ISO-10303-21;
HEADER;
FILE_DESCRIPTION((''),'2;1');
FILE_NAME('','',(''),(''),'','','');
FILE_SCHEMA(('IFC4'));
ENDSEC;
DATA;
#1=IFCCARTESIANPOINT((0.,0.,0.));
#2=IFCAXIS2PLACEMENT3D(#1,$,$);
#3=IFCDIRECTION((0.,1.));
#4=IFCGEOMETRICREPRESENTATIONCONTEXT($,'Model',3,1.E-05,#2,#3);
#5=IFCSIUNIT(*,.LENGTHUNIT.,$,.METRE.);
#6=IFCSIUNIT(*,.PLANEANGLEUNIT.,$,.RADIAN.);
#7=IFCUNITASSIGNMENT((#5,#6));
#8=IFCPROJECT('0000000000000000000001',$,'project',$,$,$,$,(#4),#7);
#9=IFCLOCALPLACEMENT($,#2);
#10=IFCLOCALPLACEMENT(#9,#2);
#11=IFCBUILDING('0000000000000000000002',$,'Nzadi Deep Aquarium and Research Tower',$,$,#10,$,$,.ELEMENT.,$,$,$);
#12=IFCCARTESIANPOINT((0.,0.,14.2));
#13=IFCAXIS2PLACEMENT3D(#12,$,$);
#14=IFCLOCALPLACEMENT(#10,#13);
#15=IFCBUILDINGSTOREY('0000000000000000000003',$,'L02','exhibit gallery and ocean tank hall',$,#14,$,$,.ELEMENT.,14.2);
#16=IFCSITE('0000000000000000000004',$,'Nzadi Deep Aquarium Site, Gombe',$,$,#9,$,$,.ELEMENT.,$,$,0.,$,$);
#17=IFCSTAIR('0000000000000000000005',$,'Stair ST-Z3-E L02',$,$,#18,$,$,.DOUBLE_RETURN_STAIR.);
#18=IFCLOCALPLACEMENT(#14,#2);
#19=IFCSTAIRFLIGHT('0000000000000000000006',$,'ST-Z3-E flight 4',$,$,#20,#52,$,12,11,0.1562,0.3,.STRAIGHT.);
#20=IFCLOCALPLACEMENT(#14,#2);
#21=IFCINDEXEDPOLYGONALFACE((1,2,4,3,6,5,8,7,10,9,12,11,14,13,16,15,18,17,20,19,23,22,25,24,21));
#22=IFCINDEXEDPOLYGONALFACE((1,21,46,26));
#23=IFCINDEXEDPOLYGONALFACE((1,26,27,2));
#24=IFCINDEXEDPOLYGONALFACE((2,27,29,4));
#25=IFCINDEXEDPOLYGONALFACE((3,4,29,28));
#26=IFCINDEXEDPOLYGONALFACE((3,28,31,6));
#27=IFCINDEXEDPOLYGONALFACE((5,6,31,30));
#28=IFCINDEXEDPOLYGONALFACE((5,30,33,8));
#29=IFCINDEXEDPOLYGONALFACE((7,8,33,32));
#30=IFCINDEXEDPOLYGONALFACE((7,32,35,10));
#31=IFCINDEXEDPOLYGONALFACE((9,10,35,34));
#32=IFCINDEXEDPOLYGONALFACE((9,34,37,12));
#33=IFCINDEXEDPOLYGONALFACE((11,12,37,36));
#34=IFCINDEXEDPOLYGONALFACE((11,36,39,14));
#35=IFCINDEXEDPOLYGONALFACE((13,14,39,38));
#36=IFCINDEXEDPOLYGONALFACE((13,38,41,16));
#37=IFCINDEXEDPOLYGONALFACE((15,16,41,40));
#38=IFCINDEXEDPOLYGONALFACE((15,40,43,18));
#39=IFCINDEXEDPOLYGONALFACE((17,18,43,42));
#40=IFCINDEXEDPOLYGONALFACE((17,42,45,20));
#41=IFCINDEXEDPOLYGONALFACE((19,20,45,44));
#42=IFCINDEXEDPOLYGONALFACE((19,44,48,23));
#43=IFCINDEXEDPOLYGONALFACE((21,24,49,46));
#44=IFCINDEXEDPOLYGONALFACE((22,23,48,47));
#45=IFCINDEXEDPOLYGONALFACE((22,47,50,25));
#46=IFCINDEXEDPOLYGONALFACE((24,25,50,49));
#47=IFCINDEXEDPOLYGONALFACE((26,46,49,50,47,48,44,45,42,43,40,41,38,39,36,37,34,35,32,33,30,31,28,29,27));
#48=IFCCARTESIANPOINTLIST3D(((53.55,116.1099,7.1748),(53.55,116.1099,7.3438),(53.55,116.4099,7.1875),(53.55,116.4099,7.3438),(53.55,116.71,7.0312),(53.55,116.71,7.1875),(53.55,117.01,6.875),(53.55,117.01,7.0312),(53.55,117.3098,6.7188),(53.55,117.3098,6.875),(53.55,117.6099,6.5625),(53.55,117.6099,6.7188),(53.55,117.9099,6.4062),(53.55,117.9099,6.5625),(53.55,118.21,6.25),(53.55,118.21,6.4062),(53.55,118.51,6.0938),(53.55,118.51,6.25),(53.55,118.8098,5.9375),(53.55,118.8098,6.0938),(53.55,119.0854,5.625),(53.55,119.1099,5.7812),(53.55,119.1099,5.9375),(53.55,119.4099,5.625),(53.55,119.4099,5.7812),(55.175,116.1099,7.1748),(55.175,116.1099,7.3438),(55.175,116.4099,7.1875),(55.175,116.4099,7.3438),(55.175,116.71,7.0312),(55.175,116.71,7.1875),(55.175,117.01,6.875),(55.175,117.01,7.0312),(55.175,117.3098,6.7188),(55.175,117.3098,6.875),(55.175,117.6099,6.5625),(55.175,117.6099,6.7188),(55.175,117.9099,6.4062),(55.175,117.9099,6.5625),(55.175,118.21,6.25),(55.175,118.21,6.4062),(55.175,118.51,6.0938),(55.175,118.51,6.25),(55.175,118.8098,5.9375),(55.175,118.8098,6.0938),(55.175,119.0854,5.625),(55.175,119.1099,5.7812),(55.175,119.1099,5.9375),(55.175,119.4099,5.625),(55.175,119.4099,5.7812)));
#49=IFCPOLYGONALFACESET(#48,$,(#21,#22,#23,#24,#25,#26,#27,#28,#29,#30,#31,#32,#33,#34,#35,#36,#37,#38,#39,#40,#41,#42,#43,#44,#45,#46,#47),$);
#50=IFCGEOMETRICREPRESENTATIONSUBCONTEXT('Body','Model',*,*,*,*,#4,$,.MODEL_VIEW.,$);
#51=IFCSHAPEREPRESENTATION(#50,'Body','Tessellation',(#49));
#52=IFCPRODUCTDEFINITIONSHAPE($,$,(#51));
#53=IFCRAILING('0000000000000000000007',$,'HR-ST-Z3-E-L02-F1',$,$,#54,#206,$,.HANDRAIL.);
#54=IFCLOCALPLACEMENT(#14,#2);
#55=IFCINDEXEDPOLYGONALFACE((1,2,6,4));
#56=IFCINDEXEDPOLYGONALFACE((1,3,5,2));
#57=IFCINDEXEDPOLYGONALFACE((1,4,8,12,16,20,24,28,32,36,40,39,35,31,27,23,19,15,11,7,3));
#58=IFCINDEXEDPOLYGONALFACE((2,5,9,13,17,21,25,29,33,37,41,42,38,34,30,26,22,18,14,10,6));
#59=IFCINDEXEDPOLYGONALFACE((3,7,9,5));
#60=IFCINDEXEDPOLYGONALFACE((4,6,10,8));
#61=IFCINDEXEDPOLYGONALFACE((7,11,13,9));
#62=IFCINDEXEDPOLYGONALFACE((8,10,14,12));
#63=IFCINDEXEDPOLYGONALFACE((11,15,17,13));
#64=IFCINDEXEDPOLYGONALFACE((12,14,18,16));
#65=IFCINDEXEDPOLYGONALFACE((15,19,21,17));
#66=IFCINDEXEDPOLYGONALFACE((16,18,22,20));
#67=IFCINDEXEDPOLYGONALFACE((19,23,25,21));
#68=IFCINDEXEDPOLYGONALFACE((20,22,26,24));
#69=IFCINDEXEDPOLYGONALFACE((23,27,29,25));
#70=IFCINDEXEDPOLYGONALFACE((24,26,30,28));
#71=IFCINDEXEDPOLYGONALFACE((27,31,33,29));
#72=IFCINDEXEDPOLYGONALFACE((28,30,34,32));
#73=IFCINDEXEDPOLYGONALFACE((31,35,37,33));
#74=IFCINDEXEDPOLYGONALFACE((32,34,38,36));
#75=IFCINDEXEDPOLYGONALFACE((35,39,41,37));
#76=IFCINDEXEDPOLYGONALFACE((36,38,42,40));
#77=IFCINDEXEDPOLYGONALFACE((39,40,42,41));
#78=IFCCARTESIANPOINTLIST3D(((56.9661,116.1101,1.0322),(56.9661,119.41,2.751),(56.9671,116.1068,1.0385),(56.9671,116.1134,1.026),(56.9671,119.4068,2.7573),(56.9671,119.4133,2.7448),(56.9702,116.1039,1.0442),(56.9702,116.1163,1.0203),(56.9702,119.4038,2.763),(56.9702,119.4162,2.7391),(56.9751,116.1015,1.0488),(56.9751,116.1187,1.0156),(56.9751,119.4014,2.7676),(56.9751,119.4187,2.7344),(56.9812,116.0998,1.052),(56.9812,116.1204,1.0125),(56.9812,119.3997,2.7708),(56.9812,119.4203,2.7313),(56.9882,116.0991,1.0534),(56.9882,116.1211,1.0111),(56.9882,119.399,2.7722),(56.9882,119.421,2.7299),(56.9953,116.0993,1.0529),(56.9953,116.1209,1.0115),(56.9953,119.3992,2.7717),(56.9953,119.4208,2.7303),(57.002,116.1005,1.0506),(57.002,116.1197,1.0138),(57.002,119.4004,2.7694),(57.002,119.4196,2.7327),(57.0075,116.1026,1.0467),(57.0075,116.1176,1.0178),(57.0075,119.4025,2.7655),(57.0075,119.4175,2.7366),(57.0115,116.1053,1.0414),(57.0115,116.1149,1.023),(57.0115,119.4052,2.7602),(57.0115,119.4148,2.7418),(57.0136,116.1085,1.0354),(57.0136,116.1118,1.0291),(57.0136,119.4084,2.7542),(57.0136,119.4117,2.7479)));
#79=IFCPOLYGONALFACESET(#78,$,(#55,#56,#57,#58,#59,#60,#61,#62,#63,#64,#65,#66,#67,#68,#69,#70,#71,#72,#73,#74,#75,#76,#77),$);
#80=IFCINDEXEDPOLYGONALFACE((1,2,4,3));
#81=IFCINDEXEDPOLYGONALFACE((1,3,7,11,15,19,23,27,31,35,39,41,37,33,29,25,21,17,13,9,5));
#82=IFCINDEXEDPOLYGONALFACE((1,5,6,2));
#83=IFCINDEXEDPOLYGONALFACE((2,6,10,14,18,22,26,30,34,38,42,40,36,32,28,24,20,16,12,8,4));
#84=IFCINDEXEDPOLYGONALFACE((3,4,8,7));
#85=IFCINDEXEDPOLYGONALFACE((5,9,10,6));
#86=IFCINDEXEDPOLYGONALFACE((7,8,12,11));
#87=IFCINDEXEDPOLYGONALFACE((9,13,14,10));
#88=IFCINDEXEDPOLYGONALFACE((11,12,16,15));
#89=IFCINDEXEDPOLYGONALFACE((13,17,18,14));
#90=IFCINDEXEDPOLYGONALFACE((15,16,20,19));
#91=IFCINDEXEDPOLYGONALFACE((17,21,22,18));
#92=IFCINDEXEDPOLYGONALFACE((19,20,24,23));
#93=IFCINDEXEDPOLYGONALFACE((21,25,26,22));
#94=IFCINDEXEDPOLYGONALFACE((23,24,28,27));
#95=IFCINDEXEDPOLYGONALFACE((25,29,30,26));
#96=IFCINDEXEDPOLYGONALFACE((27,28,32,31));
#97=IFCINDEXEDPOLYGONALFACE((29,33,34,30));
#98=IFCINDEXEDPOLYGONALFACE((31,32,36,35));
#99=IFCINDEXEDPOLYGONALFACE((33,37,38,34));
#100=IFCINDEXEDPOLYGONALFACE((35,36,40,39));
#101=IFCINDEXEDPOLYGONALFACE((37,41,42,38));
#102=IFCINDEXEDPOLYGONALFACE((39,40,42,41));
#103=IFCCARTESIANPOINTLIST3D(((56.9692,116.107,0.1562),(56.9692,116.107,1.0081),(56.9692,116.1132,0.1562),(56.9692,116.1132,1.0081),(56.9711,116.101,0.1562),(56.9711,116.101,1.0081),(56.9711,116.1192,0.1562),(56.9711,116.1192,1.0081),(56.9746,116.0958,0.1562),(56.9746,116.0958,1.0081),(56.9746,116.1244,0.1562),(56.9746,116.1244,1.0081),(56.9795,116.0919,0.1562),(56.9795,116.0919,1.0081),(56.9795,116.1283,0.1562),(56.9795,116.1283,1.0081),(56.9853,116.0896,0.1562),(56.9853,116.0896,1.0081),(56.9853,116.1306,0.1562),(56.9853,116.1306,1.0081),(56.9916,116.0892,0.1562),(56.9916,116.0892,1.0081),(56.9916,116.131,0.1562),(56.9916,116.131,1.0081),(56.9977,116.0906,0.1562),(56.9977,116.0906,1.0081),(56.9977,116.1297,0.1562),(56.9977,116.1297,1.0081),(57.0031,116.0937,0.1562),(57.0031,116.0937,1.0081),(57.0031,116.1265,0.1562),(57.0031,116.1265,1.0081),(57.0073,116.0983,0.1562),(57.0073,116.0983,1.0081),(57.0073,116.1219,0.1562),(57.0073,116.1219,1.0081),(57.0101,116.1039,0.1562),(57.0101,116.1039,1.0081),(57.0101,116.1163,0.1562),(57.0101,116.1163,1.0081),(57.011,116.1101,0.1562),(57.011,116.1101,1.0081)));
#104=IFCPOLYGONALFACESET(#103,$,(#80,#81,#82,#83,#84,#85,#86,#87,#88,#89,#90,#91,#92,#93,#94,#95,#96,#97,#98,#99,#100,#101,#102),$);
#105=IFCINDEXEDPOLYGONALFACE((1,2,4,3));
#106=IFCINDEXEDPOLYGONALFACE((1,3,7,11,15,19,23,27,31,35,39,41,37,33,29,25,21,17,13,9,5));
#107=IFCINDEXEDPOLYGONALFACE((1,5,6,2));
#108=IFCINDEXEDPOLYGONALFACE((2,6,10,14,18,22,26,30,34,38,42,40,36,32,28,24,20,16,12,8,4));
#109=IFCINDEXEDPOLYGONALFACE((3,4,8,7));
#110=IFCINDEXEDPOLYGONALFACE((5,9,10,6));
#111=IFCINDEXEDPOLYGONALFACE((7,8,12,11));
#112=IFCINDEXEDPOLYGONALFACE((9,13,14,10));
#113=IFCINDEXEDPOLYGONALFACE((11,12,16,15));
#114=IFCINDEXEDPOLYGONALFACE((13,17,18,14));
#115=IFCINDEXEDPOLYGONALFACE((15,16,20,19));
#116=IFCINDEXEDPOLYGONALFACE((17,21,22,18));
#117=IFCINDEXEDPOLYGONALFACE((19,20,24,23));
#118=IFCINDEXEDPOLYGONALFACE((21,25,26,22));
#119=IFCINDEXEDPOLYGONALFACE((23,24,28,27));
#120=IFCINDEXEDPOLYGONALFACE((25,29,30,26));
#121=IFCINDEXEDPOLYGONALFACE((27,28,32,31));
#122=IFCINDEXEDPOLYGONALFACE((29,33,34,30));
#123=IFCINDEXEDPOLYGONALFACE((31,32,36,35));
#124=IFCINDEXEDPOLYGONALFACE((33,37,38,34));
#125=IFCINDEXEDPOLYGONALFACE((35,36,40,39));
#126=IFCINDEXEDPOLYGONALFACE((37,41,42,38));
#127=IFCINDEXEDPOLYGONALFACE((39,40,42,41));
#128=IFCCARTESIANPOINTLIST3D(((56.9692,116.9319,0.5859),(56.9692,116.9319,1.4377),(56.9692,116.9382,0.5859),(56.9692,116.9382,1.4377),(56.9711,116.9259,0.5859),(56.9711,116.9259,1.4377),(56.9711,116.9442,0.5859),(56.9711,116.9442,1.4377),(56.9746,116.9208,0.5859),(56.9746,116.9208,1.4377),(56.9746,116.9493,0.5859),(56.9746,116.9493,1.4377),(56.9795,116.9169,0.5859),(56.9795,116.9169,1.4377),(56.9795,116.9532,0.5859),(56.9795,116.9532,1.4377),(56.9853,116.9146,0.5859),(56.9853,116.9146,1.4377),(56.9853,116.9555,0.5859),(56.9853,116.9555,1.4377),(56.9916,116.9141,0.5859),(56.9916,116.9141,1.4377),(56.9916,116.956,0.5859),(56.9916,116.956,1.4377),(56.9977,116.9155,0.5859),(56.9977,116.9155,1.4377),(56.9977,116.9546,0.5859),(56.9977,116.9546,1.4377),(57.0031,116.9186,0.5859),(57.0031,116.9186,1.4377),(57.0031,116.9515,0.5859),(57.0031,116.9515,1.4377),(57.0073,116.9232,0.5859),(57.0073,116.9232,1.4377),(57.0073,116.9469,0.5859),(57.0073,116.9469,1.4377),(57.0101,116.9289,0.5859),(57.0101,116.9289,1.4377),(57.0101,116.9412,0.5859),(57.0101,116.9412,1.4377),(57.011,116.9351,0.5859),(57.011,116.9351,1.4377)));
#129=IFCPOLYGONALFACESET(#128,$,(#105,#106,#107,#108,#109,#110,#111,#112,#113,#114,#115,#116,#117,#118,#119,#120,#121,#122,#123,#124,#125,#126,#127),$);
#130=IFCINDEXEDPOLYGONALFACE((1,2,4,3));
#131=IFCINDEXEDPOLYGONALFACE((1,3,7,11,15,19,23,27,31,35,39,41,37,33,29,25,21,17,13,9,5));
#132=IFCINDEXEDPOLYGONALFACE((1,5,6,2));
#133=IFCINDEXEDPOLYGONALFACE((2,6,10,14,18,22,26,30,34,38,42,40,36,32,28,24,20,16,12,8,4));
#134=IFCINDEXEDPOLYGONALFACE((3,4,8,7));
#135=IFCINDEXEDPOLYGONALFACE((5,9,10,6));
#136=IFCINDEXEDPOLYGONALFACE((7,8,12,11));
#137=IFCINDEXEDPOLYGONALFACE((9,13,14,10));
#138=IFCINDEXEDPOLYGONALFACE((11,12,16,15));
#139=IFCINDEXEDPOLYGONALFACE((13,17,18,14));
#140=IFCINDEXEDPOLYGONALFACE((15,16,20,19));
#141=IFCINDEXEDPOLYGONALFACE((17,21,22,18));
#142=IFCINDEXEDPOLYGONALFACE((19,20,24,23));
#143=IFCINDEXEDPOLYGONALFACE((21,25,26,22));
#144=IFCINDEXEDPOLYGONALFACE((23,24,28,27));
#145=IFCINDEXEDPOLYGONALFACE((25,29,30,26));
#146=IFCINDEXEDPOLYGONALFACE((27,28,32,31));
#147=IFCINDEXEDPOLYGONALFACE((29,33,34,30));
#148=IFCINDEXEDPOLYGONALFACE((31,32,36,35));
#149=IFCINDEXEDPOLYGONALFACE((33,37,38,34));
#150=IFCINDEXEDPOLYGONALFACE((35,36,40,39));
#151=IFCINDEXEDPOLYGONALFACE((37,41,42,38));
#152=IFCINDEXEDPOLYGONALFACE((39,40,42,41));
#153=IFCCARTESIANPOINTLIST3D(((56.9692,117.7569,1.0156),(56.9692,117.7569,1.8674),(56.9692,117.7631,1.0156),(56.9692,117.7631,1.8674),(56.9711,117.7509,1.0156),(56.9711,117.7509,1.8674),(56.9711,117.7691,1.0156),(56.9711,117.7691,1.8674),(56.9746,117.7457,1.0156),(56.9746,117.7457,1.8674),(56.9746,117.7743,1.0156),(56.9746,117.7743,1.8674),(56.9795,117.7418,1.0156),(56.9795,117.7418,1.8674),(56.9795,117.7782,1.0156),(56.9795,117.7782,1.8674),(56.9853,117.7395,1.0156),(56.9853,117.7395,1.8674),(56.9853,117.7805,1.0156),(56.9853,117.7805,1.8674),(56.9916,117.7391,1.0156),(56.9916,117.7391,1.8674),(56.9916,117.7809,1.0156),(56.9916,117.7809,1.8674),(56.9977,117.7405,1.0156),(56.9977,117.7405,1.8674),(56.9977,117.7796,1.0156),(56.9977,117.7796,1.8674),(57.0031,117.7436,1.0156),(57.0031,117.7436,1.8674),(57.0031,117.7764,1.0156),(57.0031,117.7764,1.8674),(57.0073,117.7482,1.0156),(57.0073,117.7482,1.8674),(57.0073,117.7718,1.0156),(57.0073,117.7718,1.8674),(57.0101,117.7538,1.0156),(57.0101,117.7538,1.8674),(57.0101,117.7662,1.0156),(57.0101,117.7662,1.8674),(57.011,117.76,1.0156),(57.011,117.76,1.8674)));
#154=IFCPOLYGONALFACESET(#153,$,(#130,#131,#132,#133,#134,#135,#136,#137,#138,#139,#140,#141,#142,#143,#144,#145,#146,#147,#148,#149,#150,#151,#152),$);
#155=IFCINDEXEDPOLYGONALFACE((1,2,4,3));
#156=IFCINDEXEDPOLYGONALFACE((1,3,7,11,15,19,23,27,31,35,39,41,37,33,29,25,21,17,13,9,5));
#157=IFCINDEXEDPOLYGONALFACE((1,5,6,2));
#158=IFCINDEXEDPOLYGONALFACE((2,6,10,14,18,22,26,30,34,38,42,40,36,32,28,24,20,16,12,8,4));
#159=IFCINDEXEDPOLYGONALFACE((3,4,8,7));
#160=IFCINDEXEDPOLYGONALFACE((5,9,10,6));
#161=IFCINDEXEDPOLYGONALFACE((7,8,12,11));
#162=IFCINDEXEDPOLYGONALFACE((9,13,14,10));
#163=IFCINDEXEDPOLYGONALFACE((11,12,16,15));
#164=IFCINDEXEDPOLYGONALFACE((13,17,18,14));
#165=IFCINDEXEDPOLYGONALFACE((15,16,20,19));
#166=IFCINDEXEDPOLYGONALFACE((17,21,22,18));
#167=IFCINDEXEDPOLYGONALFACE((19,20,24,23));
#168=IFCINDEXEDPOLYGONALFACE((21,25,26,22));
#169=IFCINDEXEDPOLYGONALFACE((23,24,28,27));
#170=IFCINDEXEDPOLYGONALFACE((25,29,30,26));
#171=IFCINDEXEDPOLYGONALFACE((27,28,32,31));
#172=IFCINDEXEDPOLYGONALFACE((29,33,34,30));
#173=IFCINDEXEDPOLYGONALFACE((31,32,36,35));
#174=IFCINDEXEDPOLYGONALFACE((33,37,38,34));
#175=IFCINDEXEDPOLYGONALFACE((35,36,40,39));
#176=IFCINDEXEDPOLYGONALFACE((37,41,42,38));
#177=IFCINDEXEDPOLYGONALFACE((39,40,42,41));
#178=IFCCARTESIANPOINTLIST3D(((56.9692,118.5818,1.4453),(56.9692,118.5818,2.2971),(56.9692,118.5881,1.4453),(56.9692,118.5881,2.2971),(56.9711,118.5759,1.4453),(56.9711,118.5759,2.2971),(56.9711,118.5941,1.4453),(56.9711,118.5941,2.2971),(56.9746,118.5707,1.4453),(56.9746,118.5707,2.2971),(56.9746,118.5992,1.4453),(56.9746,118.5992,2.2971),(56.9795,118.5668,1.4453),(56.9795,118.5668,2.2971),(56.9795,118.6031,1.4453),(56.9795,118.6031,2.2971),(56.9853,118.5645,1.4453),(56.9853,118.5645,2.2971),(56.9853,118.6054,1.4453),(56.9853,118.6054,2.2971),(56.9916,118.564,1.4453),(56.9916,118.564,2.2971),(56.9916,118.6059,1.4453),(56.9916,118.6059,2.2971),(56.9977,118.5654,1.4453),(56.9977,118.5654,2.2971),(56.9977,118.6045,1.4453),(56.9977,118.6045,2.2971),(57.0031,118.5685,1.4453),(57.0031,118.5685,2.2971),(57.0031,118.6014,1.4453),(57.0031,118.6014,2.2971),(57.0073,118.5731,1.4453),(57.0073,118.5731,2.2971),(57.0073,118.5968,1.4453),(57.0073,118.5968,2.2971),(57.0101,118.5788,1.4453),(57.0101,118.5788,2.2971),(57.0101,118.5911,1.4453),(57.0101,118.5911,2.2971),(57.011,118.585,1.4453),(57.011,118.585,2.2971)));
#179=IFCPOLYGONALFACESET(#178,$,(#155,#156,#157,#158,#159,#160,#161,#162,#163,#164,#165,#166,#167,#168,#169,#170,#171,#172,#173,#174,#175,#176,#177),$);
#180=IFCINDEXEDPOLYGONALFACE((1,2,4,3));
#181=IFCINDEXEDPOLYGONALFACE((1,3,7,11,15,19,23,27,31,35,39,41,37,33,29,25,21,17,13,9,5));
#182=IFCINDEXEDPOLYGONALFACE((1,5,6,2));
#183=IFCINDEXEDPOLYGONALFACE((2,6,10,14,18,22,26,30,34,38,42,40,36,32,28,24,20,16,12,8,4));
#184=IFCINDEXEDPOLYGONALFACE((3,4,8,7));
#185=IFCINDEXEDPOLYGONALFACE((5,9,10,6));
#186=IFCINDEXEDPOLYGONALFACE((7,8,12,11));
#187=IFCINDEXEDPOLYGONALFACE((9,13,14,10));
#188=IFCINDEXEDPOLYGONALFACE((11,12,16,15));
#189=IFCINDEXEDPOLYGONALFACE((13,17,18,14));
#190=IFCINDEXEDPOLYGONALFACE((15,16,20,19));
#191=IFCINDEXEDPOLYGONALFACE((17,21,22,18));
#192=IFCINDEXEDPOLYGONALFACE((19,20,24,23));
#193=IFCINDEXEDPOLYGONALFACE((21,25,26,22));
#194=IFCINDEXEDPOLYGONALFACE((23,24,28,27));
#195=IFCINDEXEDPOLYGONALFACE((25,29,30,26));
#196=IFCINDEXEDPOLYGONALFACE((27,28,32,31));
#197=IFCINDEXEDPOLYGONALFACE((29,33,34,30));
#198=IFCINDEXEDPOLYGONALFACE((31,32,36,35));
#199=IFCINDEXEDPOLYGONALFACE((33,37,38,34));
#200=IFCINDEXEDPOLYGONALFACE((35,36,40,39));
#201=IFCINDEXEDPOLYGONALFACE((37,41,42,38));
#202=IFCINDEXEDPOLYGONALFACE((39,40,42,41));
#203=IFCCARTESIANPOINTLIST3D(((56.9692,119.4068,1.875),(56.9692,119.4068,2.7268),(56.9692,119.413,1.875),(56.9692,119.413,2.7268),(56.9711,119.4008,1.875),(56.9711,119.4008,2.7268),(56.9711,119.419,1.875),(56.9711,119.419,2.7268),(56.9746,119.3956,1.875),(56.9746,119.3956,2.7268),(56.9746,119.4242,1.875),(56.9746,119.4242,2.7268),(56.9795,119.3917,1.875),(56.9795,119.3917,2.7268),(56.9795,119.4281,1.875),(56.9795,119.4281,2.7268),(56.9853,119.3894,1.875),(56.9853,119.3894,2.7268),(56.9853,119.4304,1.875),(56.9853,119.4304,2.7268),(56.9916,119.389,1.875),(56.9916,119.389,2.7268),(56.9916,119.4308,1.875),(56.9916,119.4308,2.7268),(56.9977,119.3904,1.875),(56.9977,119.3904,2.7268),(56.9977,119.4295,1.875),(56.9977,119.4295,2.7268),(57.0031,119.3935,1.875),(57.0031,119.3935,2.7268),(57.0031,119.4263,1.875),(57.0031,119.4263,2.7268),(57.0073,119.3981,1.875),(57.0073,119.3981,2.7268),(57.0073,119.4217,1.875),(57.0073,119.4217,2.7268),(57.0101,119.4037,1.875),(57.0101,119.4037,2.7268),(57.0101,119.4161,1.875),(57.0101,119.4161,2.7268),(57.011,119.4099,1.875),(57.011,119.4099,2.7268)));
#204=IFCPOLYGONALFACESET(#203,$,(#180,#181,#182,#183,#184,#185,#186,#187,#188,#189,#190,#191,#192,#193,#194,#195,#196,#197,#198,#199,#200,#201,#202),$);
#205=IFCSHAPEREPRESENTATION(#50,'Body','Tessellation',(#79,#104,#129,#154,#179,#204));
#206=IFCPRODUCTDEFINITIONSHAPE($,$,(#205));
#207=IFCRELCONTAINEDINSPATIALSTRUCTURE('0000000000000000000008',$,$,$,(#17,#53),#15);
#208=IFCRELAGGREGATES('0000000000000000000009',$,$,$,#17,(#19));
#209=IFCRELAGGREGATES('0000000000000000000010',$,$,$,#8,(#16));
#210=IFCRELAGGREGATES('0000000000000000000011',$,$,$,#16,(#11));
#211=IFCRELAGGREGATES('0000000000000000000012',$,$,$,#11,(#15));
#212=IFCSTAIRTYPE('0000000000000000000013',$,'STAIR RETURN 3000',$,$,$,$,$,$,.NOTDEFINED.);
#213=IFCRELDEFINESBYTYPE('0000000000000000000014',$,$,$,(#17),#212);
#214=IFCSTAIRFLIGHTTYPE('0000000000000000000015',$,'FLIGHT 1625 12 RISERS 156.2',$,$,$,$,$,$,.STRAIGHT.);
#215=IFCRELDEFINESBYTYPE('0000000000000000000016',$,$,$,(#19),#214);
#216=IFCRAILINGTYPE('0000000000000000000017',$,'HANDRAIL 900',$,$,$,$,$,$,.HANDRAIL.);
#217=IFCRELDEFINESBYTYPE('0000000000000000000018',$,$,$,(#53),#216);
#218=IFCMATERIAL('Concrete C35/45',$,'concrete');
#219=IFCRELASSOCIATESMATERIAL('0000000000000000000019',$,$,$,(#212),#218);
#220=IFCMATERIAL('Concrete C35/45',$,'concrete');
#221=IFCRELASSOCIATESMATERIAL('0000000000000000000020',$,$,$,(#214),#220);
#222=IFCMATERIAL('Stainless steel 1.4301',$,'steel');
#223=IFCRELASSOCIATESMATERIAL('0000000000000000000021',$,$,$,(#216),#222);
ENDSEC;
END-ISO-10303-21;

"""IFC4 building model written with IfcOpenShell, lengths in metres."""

from ifc_helpers import new_model, si_unit, direction, frame, origin, origin_2d, place, context, subcontext, project, spatial, polyline, circle, outline, extrude, material, type_object, element, aggregate, save


model = new_model("IFC4")

# Units and contexts
model_context = context("Model", 3, precision=1e-05, world=origin(), true_north=direction((0.0, 1.0)))
body_context = subcontext(model_context, "Body", "Model", "MODEL_VIEW")
ifc_project = project(units=[si_unit("LENGTHUNIT", "METRE"), si_unit("PLANEANGLEUNIT", "RADIAN")], contexts=[model_context])

# Site, building, storey
site_placement = place(None, origin())
site = spatial("IfcSite", under=ifc_project, at=site_placement, Name="Nzadi Deep Aquarium Site, Gombe", CompositionType="ELEMENT", RefElevation=0.0)
building_placement = place(site_placement, origin())
building = spatial("IfcBuilding", under=site, at=building_placement, Name="Nzadi Deep Aquarium and Research Tower", CompositionType="ELEMENT")
storey_placement = place(building_placement, frame((0.0, 0.0, 14.2)))
storey = spatial("IfcBuildingStorey", under=building, at=storey_placement, Name="L02", Description="exhibit gallery and ocean tank hall", CompositionType="ELEMENT", Elevation=14.2)

# Stair, stair flight
ifc_material_1 = material(Name="Concrete C35/45", Category="concrete")
stair_type = type_object("IfcStairType", Name="STAIR RETURN 3000", PredefinedType="NOTDEFINED", material=ifc_material_1)
stair_placement = place(storey_placement, origin())
stair = element("IfcStair", 1, at=stair_placement, inside=storey, type_object=stair_type, Name="Stair ST-Z3-E L02", PredefinedType="DOUBLE_RETURN_STAIR")
ifc_material_2 = material(Name="Concrete C35/45", Category="concrete")
stair_flight_type = type_object("IfcStairFlightType", Name="FLIGHT 1625 12 RISERS 156.2", PredefinedType="STRAIGHT", material=ifc_material_2)
stair_flight_1_placement = place(storey_placement, frame((54.3625, 119.4099, 5.625), z_axis=(0.0, 0.0, 1.0), x_axis=(0.0, -1.0, 0.0)))
stair_flight_1 = element("IfcStairFlight", 2, at=stair_flight_1_placement, type_object=stair_flight_type, Name="ST-Z3-E flight 4", NumberOfRisers=12, NumberOfTreads=11, PredefinedType="STRAIGHT", RiserHeight=0.1562, TreadLength=0.3, context=body_context, shape_type="SweptSolid", body=[
    extrude(outline(polyline([(0.0, 0.0), (0.0, 0.1562), (0.3, 0.1562), (0.3, 0.3125), (0.6001, 0.3125), (0.6001, 0.4688), (0.8999, 0.4688), (0.8999, 0.625), (1.2, 0.625), (1.2, 0.7812), (1.5, 0.7812), (1.5, 0.9375), (1.8, 0.9375), (1.8, 1.0938), (2.1001, 1.0938), (2.1001, 1.25), (2.3999, 1.25), (2.3999, 1.4062), (2.7, 1.4062), (2.7, 1.5625), (3.0, 1.5625), (3.0, 1.7188), (3.3, 1.7188), (3.3, 1.875), (3.3, 1.5498), (0.3245, 0.0), (0.0, 0.0)])), frame((0.0, 0.8125, 0.0), z_axis=(0.0, -1.0, 0.0), x_axis=(1.0, 0.0, 0.0)), (0.0, 0.0, 1.0), 1.625),
])
aggregate(stair, [stair_flight_1])

# Railing
ifc_material_3 = material(Name="Stainless steel 1.4301", Category="steel")
railing_type = type_object("IfcRailingType", Name="HANDRAIL 900", PredefinedType="HANDRAIL", material=ifc_material_3)
for number, where, name in (
    (3, (56.99, 116.1101, 0.1562), "HR-ST-Z3-E-L02-F1"),
):
    element("IfcRailing", number, at=place(storey_placement, frame(where)), inside=storey, type_object=railing_type, Name=name, PredefinedType="HANDRAIL", context=body_context, shape_type="SweptSolid", body=[
        extrude(circle(Radius=0.0239, at=origin_2d()), frame((0.0, 0.0, 0.876), z_axis=(0.0, 0.886903, 0.461956), x_axis=(-1.0, 0.0, 0.0)), (0.0, 0.0, 1.0), 3.7207),
        extrude(circle(Radius=0.021, at=origin_2d()), origin(), (0.0, 0.0, 1.0), 0.8518),
        extrude(circle(Radius=0.021, at=origin_2d()), frame((0.0, 0.825, 0.4297)), (0.0, 0.0, 1.0), 0.8518),
        extrude(circle(Radius=0.021, at=origin_2d()), frame((0.0, 1.6499, 0.8594)), (0.0, 0.0, 1.0), 0.8518),
        extrude(circle(Radius=0.021, at=origin_2d()), frame((0.0, 2.4749, 1.2891)), (0.0, 0.0, 1.0), 0.8518),
        extrude(circle(Radius=0.021, at=origin_2d()), frame((0.0, 3.2998, 1.7188)), (0.0, 0.0, 1.0), 0.8518),
    ])

save(model, "model.ifc")
